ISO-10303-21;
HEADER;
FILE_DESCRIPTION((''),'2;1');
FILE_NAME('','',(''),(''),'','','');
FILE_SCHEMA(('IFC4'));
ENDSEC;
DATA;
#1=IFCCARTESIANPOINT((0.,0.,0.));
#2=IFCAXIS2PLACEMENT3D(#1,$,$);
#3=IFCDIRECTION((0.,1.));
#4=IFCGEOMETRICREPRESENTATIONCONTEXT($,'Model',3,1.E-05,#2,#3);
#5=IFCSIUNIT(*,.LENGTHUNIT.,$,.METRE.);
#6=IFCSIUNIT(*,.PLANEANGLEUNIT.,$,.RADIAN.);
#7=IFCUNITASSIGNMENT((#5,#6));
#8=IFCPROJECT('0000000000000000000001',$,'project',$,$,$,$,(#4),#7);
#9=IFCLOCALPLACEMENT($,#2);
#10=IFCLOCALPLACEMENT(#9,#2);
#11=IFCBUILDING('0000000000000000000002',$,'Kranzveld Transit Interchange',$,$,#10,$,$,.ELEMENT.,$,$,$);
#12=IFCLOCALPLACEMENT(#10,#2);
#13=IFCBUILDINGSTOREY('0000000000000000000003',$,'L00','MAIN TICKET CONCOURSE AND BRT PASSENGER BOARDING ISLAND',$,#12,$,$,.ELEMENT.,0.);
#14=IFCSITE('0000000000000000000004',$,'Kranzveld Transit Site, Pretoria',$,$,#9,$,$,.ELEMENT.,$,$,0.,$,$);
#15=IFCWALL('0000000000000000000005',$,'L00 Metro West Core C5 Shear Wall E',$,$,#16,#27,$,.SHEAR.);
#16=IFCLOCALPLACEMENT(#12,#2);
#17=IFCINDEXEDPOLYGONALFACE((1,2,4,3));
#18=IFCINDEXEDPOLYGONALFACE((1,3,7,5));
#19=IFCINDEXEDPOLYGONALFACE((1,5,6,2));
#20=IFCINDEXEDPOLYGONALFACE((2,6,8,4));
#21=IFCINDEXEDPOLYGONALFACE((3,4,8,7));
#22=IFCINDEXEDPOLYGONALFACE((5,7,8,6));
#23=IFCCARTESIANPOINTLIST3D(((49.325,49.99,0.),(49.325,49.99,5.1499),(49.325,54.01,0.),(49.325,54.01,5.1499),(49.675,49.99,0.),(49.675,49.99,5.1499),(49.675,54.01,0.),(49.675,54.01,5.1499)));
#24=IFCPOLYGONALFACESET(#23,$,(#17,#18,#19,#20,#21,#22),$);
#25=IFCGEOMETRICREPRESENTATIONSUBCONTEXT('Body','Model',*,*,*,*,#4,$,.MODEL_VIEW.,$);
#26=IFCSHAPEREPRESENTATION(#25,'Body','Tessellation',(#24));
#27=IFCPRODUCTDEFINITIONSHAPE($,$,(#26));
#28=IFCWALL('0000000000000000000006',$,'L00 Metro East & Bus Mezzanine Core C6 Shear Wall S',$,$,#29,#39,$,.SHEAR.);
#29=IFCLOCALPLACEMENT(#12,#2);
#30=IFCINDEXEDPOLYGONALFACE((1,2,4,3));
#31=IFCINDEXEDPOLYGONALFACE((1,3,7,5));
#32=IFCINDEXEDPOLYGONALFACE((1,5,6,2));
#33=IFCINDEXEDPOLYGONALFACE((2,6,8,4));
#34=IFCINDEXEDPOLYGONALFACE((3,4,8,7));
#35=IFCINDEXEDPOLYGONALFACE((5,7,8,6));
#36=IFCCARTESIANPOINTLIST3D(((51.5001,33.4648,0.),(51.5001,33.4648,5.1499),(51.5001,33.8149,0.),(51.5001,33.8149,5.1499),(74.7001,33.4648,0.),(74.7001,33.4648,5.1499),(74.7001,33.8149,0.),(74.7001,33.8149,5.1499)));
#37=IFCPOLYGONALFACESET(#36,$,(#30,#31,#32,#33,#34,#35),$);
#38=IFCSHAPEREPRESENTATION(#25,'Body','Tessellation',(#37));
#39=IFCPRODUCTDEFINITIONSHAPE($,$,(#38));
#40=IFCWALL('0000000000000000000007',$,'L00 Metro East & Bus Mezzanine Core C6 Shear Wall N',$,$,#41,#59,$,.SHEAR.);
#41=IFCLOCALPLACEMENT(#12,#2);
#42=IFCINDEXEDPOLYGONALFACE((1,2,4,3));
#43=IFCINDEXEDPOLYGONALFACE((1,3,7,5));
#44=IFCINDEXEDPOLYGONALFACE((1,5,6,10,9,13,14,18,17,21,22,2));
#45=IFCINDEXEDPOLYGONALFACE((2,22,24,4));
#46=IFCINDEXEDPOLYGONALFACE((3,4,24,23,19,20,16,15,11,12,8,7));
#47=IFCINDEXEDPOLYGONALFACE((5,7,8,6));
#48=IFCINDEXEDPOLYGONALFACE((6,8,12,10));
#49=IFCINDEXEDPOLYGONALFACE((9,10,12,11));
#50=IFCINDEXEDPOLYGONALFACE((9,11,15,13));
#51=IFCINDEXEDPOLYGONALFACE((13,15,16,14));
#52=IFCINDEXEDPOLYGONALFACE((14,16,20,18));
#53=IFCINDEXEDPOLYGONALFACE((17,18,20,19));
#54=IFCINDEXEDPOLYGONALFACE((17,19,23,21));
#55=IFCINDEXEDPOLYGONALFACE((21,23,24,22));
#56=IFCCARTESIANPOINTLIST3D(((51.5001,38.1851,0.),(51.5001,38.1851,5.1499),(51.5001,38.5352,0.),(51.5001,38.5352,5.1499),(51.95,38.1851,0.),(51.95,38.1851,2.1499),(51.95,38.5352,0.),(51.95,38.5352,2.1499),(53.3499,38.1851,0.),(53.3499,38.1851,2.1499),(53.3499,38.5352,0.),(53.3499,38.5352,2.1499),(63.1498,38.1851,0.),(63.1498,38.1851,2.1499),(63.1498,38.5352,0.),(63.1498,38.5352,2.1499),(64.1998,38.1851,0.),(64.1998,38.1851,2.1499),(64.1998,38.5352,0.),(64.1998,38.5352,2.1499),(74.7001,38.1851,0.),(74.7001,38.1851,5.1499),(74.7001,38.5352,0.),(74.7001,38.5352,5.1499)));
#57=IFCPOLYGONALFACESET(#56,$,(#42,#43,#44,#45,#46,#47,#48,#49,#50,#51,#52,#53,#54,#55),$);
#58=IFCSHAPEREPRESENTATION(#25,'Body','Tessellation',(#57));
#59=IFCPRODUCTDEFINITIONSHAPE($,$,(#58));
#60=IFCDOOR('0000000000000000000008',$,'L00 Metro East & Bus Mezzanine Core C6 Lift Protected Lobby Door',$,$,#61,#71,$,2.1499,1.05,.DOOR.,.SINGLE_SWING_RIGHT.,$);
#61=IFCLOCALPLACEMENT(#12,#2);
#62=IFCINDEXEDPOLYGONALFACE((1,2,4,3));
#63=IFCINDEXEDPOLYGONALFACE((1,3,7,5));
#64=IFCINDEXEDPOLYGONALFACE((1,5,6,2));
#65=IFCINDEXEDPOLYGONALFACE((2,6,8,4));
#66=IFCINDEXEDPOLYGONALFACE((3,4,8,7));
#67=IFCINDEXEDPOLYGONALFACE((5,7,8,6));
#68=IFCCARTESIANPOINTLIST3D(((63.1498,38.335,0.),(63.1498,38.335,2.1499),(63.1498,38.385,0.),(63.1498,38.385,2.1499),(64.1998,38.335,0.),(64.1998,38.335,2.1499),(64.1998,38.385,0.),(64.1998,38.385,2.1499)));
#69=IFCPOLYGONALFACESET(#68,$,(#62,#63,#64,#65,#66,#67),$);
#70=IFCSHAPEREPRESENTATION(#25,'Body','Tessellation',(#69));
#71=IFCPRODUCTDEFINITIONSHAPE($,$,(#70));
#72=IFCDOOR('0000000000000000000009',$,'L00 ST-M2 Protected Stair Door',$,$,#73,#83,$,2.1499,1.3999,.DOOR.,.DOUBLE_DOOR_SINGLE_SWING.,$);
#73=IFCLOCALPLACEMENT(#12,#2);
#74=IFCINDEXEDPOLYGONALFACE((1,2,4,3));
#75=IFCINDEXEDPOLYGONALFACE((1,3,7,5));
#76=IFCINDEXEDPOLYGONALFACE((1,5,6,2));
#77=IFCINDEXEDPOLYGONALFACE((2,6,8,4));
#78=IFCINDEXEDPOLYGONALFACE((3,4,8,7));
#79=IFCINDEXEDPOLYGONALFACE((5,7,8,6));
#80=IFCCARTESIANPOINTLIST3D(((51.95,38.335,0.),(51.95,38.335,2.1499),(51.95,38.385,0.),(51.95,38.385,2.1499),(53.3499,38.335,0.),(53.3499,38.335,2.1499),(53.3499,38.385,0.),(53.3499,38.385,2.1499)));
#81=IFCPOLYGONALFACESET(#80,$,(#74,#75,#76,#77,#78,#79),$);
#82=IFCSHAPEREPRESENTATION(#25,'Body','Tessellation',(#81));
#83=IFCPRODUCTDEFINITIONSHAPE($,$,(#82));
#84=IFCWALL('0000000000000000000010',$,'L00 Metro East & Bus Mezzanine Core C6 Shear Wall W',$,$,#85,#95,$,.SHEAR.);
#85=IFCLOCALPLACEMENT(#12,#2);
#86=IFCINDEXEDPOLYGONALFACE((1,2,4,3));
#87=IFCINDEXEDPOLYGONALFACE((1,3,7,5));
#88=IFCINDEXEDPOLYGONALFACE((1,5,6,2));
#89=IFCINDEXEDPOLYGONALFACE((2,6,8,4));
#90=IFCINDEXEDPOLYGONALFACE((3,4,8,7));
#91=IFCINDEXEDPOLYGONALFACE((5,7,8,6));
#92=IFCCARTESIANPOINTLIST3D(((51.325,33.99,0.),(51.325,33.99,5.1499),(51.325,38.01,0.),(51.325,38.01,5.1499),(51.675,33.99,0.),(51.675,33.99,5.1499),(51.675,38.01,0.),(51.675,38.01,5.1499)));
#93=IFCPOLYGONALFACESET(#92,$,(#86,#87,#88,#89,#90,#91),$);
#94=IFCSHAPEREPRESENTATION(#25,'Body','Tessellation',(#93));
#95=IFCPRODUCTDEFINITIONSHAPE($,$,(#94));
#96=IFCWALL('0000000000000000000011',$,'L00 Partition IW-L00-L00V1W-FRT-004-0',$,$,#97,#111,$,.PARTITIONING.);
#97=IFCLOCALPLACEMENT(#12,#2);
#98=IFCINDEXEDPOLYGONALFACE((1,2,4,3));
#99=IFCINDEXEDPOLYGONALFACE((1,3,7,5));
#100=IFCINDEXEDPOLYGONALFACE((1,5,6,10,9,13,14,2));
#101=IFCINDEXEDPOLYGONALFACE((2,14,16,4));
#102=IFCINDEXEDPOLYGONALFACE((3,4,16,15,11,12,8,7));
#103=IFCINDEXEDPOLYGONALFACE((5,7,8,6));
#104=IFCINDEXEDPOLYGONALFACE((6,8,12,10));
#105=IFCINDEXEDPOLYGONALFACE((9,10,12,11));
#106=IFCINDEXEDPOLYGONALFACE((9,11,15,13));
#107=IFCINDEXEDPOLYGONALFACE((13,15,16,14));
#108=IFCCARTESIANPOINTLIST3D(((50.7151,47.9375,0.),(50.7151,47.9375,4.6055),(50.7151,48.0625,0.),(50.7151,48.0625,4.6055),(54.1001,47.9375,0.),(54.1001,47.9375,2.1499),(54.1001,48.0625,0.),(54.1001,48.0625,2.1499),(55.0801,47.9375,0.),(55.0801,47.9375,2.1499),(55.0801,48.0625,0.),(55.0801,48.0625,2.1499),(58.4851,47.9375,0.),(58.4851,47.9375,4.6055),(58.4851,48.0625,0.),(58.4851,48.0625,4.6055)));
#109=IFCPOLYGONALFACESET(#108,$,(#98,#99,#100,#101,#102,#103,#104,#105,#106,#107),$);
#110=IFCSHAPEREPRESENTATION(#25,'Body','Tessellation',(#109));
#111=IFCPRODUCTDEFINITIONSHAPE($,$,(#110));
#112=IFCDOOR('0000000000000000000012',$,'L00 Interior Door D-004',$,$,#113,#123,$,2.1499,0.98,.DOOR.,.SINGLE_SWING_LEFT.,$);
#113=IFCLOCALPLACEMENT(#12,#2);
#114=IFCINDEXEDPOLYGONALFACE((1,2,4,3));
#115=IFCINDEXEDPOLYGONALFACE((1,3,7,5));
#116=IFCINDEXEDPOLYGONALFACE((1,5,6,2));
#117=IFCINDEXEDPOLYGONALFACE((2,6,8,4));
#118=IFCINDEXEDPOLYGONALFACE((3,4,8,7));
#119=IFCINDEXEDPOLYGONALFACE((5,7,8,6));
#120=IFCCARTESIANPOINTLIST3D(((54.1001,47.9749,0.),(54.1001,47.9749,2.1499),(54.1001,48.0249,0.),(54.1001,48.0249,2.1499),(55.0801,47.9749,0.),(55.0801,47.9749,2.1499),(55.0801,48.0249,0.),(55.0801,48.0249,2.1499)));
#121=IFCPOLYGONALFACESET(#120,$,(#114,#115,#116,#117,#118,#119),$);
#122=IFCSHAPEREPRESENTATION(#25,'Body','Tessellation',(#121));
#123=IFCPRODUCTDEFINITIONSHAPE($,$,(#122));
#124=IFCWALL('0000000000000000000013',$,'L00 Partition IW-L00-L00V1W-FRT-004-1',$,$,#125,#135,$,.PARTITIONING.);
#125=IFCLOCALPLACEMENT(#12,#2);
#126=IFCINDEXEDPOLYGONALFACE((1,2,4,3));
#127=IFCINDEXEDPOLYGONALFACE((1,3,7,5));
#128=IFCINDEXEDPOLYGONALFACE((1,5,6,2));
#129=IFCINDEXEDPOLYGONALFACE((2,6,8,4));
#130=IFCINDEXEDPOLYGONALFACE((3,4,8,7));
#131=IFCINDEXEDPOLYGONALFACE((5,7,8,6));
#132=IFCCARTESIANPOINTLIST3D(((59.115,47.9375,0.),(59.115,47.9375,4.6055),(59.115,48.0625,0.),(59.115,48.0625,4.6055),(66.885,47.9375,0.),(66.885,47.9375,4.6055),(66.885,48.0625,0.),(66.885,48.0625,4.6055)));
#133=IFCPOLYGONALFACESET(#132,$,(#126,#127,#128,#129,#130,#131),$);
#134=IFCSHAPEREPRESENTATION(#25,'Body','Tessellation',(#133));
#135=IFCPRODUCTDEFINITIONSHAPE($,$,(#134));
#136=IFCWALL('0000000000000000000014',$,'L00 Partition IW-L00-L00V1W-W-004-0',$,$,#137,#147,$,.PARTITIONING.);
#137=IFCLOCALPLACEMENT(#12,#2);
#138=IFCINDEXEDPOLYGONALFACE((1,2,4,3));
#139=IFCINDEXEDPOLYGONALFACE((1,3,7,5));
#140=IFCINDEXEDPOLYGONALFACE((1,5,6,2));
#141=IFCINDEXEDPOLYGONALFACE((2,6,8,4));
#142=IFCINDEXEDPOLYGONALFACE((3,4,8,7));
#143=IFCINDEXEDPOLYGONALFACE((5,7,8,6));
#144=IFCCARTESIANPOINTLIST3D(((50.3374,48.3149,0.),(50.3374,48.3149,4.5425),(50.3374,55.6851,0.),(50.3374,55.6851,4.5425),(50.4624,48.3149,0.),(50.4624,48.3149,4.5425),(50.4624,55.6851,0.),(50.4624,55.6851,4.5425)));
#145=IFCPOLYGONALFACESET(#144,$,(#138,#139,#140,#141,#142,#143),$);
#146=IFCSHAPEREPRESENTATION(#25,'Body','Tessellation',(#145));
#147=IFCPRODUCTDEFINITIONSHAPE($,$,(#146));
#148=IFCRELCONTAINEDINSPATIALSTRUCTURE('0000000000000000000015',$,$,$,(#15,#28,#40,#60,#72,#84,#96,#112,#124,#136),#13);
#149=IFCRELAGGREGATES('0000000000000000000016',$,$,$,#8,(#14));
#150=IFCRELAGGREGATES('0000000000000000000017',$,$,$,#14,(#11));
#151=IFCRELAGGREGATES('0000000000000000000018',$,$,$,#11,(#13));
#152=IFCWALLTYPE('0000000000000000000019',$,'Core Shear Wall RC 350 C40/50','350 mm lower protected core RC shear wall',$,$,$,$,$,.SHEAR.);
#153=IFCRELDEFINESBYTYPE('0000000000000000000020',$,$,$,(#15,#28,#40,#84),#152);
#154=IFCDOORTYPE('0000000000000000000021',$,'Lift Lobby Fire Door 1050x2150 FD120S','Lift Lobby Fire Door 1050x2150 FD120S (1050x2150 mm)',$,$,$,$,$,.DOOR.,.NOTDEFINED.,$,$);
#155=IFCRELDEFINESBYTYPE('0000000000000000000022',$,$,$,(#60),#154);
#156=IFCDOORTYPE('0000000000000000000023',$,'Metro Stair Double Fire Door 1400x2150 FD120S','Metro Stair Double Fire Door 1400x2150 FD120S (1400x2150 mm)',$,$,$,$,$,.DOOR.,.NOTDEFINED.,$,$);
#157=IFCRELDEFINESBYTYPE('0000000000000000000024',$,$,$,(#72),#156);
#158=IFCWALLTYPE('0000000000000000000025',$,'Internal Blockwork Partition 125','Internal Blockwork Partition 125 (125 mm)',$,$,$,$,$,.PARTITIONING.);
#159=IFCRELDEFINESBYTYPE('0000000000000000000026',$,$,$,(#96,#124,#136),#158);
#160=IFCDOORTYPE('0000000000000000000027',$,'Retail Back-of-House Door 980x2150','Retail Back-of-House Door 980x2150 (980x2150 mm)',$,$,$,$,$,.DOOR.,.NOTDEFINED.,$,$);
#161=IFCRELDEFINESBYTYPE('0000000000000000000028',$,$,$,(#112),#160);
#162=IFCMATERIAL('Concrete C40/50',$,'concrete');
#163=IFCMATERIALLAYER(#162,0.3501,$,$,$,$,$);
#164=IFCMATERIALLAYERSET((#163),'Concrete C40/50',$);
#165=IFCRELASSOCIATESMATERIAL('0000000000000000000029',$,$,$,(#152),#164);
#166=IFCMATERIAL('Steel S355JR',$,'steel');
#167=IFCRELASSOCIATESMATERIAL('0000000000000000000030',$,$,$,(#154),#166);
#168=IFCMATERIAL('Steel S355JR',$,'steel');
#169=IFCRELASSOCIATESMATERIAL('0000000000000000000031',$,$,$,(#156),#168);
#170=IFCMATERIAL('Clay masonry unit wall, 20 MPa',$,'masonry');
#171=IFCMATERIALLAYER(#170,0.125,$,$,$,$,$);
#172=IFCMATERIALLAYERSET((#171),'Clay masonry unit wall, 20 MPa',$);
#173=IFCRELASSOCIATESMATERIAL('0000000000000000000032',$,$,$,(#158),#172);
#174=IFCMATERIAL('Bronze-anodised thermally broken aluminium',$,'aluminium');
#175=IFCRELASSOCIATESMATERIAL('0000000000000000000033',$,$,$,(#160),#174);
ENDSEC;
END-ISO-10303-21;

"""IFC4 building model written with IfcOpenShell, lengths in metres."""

from ifc_helpers import new_model, si_unit, direction, frame, frame_2d, origin, place, context, subcontext, project, spatial, rectangle, extrude, material, layer, layer_set, type_object, element, fill, save


model = new_model("IFC4")

# Units and contexts
model_context = context("Model", 3, precision=1e-05, world=origin(), true_north=direction((0.0, 1.0)))
body_context = subcontext(model_context, "Body", "Model", "MODEL_VIEW")
ifc_project = project(units=[si_unit("LENGTHUNIT", "METRE"), si_unit("PLANEANGLEUNIT", "RADIAN")], contexts=[model_context])

# Site, building, storey
site_placement = place(None, origin())
site = spatial("IfcSite", under=ifc_project, at=site_placement, Name="Kranzveld Transit Site, Pretoria", CompositionType="ELEMENT", RefElevation=0.0)
building_placement = place(site_placement, origin())
building = spatial("IfcBuilding", under=site, at=building_placement, Name="Kranzveld Transit Interchange", CompositionType="ELEMENT")
storey_placement = place(building_placement, origin())
storey = spatial("IfcBuildingStorey", under=building, at=storey_placement, Name="L00", Description="MAIN TICKET CONCOURSE AND BRT PASSENGER BOARDING ISLAND", CompositionType="ELEMENT", Elevation=0.0)

# Walls
ifc_material_1 = material(Name="Concrete C40/50", Category="concrete")
ifc_layer_1 = layer(ifc_material_1, 0.3501)
ifc_layer_set_1 = layer_set([ifc_layer_1], Name="Concrete C40/50")
wall_type_1 = type_object("IfcWallType", Name="Core Shear Wall RC 350 C40/50", Description="350 mm lower protected core RC shear wall", PredefinedType="SHEAR", material=ifc_layer_set_1)
wall_1_placement = place(storey_placement, frame((49.5, 49.99, 0.0), z_axis=(0.0, 0.0, 1.0), x_axis=(0.0, 1.0, 0.0)))
element("IfcWall", 1, at=wall_1_placement, inside=storey, type_object=wall_type_1, Name="L00 Metro West Core C5 Shear Wall E", PredefinedType="SHEAR", context=body_context, shape_type="SweptSolid", body=[
    extrude(rectangle(XDim=4.02, YDim=0.3501, at=frame_2d((2.01, 0.0))), origin(), (0.0, 0.0, 1.0), 5.1499),
])
wall_2_placement = place(storey_placement, frame((51.5, 33.6399, 0.0), z_axis=(0.0, 0.0, 1.0), x_axis=(1.0, 0.0, 0.0)))
element("IfcWall", 2, at=wall_2_placement, inside=storey, type_object=wall_type_1, Name="L00 Metro East & Bus Mezzanine Core C6 Shear Wall S", PredefinedType="SHEAR", context=body_context, shape_type="SweptSolid", body=[
    extrude(rectangle(XDim=23.2, YDim=0.3501, at=frame_2d((11.6001, 0.0))), origin(), (0.0, 0.0, 1.0), 5.1499),
])

# Wall, openings, doors
wall_3_placement = place(storey_placement, frame((51.5, 38.3601, 0.0), z_axis=(0.0, 0.0, 1.0), x_axis=(1.0, 0.0, 0.0)))
wall_3 = element("IfcWall", 3, at=wall_3_placement, inside=storey, type_object=wall_type_1, Name="L00 Metro East & Bus Mezzanine Core C6 Shear Wall N", PredefinedType="SHEAR", context=body_context, shape_type="SweptSolid", body=[
    extrude(rectangle(XDim=23.2, YDim=0.3501, at=frame_2d((11.6001, 0.0))), origin(), (0.0, 0.0, 1.0), 5.1499),
])
opening_1_placement = place(wall_3_placement, frame((0.45, 0.0, 0.0), z_axis=(0.0, 0.0, 1.0), x_axis=(1.0, 0.0, 0.0)))
opening_1 = element("IfcOpeningElement", 4, at=opening_1_placement, cuts=wall_3, PredefinedType="OPENING", context=body_context, shape_type="SweptSolid", body=[
    extrude(rectangle(XDim=1.3999, YDim=2.1499, at=frame_2d((0.7, 1.075))), frame((0.0, 0.1851, 0.0), z_axis=(0.0, -1.0, 0.0), x_axis=(1.0, 0.0, 0.0)), (0.0, 0.0, 1.0), 0.3701),
])
opening_2_placement = place(wall_3_placement, frame((11.6499, 0.0, 0.0), z_axis=(0.0, 0.0, 1.0), x_axis=(1.0, 0.0, 0.0)))
opening_2 = element("IfcOpeningElement", 5, at=opening_2_placement, cuts=wall_3, PredefinedType="OPENING", context=body_context, shape_type="SweptSolid", body=[
    extrude(rectangle(XDim=1.05, YDim=2.1499, at=frame_2d((0.5249, 1.075))), frame((0.0, 0.1851, 0.0), z_axis=(0.0, -1.0, 0.0), x_axis=(1.0, 0.0, 0.0)), (0.0, 0.0, 1.0), 0.3701),
])
ifc_material_2 = material(Name="Steel S355JR", Category="steel")
door_type_1 = type_object("IfcDoorType", Name="Lift Lobby Fire Door 1050x2150 FD120S", Description="Lift Lobby Fire Door 1050x2150 FD120S (1050x2150 mm)", OperationType="NOTDEFINED", PredefinedType="DOOR", material=ifc_material_2)
door_1_placement = place(opening_2_placement, origin())
door_1 = element("IfcDoor", 6, at=door_1_placement, inside=storey, type_object=door_type_1, Name="L00 Metro East & Bus Mezzanine Core C6 Lift Protected Lobby Door", OperationType="SINGLE_SWING_RIGHT", OverallHeight=2.1499, OverallWidth=1.05, PredefinedType="DOOR", context=body_context, shape_type="SweptSolid", body=[
    extrude(rectangle(XDim=1.05, YDim=2.1499, at=frame_2d((0.5249, 1.075))), frame((0.0, 0.0249, 0.0), z_axis=(0.0, -1.0, 0.0), x_axis=(1.0, 0.0, 0.0)), (0.0, 0.0, 1.0), 0.05),
])
fill(opening_2, door_1)
ifc_material_3 = material(Name="Steel S355JR", Category="steel")
door_type_2 = type_object("IfcDoorType", Name="Metro Stair Double Fire Door 1400x2150 FD120S", Description="Metro Stair Double Fire Door 1400x2150 FD120S (1400x2150 mm)", OperationType="NOTDEFINED", PredefinedType="DOOR", material=ifc_material_3)
door_2_placement = place(opening_1_placement, origin())
door_2 = element("IfcDoor", 7, at=door_2_placement, inside=storey, type_object=door_type_2, Name="L00 ST-M2 Protected Stair Door", OperationType="DOUBLE_DOOR_SINGLE_SWING", OverallHeight=2.1499, OverallWidth=1.3999, PredefinedType="DOOR", context=body_context, shape_type="SweptSolid", body=[
    extrude(rectangle(XDim=1.3999, YDim=2.1499, at=frame_2d((0.7, 1.075))), frame((0.0, 0.0249, 0.0), z_axis=(0.0, -1.0, 0.0), x_axis=(1.0, 0.0, 0.0)), (0.0, 0.0, 1.0), 0.05),
])
fill(opening_1, door_2)

# Wall
wall_4_placement = place(storey_placement, frame((51.5, 33.99, 0.0), z_axis=(0.0, 0.0, 1.0), x_axis=(0.0, 1.0, 0.0)))
element("IfcWall", 8, at=wall_4_placement, inside=storey, type_object=wall_type_1, Name="L00 Metro East & Bus Mezzanine Core C6 Shear Wall W", PredefinedType="SHEAR", context=body_context, shape_type="SweptSolid", body=[
    extrude(rectangle(XDim=4.02, YDim=0.3501, at=frame_2d((2.01, 0.0))), origin(), (0.0, 0.0, 1.0), 5.1499),
])

# Wall, opening, door
ifc_material_4 = material(Name="Clay masonry unit wall, 20 MPa", Category="masonry")
ifc_layer_2 = layer(ifc_material_4, 0.125)
ifc_layer_set_2 = layer_set([ifc_layer_2], Name="Clay masonry unit wall, 20 MPa")
wall_type_2 = type_object("IfcWallType", Name="Internal Blockwork Partition 125", Description="Internal Blockwork Partition 125 (125 mm)", PredefinedType="PARTITIONING", material=ifc_layer_set_2)
wall_5_placement = place(storey_placement, frame((50.7151, 48.0, 0.0), z_axis=(0.0, 0.0, 1.0), x_axis=(1.0, 0.0, 0.0)))
wall_5 = element("IfcWall", 9, at=wall_5_placement, inside=storey, type_object=wall_type_2, Name="L00 Partition IW-L00-L00V1W-FRT-004-0", PredefinedType="PARTITIONING", context=body_context, shape_type="SweptSolid", body=[
    extrude(rectangle(XDim=7.77, YDim=0.125, at=frame_2d((3.885, 0.0))), origin(), (0.0, 0.0, 1.0), 4.6055),
])
opening_3_placement = place(wall_5_placement, frame((3.385, 0.0, 0.0), z_axis=(0.0, 0.0, 1.0), x_axis=(1.0, 0.0, 0.0)))
opening_3 = element("IfcOpeningElement", 10, at=opening_3_placement, cuts=wall_5, PredefinedType="OPENING", context=body_context, shape_type="SweptSolid", body=[
    extrude(rectangle(XDim=0.98, YDim=2.1499, at=frame_2d((0.49, 1.075))), frame((0.0, 0.0725, 0.0), z_axis=(0.0, -1.0, 0.0), x_axis=(1.0, 0.0, 0.0)), (0.0, 0.0, 1.0), 0.145),
])
ifc_material_5 = material(Name="Bronze-anodised thermally broken aluminium", Category="aluminium")
door_type_3 = type_object("IfcDoorType", Name="Retail Back-of-House Door 980x2150", Description="Retail Back-of-House Door 980x2150 (980x2150 mm)", OperationType="NOTDEFINED", PredefinedType="DOOR", material=ifc_material_5)
door_3_placement = place(opening_3_placement, origin())
door_3 = element("IfcDoor", 11, at=door_3_placement, inside=storey, type_object=door_type_3, Name="L00 Interior Door D-004", OperationType="SINGLE_SWING_LEFT", OverallHeight=2.1499, OverallWidth=0.98, PredefinedType="DOOR", context=body_context, shape_type="SweptSolid", body=[
    extrude(rectangle(XDim=0.98, YDim=2.1499, at=frame_2d((0.49, 1.075))), frame((0.0, 0.0249, 0.0), z_axis=(0.0, -1.0, 0.0), x_axis=(1.0, 0.0, 0.0)), (0.0, 0.0, 1.0), 0.05),
])
fill(opening_3, door_3)

# Walls
wall_6_placement = place(storey_placement, frame((59.115, 48.0, 0.0), z_axis=(0.0, 0.0, 1.0), x_axis=(1.0, 0.0, 0.0)))
element("IfcWall", 12, at=wall_6_placement, inside=storey, type_object=wall_type_2, Name="L00 Partition IW-L00-L00V1W-FRT-004-1", PredefinedType="PARTITIONING", context=body_context, shape_type="SweptSolid", body=[
    extrude(rectangle(XDim=7.77, YDim=0.125, at=frame_2d((3.885, 0.0))), origin(), (0.0, 0.0, 1.0), 4.6055),
])
wall_7_placement = place(storey_placement, frame((50.3999, 48.3149, 0.0), z_axis=(0.0, 0.0, 1.0), x_axis=(0.0, 1.0, 0.0)))
element("IfcWall", 13, at=wall_7_placement, inside=storey, type_object=wall_type_2, Name="L00 Partition IW-L00-L00V1W-W-004-0", PredefinedType="PARTITIONING", context=body_context, shape_type="SweptSolid", body=[
    extrude(rectangle(XDim=7.3701, YDim=0.125, at=frame_2d((3.6851, 0.0))), origin(), (0.0, 0.0, 1.0), 4.5425),
])

save(model, "model.ifc")
